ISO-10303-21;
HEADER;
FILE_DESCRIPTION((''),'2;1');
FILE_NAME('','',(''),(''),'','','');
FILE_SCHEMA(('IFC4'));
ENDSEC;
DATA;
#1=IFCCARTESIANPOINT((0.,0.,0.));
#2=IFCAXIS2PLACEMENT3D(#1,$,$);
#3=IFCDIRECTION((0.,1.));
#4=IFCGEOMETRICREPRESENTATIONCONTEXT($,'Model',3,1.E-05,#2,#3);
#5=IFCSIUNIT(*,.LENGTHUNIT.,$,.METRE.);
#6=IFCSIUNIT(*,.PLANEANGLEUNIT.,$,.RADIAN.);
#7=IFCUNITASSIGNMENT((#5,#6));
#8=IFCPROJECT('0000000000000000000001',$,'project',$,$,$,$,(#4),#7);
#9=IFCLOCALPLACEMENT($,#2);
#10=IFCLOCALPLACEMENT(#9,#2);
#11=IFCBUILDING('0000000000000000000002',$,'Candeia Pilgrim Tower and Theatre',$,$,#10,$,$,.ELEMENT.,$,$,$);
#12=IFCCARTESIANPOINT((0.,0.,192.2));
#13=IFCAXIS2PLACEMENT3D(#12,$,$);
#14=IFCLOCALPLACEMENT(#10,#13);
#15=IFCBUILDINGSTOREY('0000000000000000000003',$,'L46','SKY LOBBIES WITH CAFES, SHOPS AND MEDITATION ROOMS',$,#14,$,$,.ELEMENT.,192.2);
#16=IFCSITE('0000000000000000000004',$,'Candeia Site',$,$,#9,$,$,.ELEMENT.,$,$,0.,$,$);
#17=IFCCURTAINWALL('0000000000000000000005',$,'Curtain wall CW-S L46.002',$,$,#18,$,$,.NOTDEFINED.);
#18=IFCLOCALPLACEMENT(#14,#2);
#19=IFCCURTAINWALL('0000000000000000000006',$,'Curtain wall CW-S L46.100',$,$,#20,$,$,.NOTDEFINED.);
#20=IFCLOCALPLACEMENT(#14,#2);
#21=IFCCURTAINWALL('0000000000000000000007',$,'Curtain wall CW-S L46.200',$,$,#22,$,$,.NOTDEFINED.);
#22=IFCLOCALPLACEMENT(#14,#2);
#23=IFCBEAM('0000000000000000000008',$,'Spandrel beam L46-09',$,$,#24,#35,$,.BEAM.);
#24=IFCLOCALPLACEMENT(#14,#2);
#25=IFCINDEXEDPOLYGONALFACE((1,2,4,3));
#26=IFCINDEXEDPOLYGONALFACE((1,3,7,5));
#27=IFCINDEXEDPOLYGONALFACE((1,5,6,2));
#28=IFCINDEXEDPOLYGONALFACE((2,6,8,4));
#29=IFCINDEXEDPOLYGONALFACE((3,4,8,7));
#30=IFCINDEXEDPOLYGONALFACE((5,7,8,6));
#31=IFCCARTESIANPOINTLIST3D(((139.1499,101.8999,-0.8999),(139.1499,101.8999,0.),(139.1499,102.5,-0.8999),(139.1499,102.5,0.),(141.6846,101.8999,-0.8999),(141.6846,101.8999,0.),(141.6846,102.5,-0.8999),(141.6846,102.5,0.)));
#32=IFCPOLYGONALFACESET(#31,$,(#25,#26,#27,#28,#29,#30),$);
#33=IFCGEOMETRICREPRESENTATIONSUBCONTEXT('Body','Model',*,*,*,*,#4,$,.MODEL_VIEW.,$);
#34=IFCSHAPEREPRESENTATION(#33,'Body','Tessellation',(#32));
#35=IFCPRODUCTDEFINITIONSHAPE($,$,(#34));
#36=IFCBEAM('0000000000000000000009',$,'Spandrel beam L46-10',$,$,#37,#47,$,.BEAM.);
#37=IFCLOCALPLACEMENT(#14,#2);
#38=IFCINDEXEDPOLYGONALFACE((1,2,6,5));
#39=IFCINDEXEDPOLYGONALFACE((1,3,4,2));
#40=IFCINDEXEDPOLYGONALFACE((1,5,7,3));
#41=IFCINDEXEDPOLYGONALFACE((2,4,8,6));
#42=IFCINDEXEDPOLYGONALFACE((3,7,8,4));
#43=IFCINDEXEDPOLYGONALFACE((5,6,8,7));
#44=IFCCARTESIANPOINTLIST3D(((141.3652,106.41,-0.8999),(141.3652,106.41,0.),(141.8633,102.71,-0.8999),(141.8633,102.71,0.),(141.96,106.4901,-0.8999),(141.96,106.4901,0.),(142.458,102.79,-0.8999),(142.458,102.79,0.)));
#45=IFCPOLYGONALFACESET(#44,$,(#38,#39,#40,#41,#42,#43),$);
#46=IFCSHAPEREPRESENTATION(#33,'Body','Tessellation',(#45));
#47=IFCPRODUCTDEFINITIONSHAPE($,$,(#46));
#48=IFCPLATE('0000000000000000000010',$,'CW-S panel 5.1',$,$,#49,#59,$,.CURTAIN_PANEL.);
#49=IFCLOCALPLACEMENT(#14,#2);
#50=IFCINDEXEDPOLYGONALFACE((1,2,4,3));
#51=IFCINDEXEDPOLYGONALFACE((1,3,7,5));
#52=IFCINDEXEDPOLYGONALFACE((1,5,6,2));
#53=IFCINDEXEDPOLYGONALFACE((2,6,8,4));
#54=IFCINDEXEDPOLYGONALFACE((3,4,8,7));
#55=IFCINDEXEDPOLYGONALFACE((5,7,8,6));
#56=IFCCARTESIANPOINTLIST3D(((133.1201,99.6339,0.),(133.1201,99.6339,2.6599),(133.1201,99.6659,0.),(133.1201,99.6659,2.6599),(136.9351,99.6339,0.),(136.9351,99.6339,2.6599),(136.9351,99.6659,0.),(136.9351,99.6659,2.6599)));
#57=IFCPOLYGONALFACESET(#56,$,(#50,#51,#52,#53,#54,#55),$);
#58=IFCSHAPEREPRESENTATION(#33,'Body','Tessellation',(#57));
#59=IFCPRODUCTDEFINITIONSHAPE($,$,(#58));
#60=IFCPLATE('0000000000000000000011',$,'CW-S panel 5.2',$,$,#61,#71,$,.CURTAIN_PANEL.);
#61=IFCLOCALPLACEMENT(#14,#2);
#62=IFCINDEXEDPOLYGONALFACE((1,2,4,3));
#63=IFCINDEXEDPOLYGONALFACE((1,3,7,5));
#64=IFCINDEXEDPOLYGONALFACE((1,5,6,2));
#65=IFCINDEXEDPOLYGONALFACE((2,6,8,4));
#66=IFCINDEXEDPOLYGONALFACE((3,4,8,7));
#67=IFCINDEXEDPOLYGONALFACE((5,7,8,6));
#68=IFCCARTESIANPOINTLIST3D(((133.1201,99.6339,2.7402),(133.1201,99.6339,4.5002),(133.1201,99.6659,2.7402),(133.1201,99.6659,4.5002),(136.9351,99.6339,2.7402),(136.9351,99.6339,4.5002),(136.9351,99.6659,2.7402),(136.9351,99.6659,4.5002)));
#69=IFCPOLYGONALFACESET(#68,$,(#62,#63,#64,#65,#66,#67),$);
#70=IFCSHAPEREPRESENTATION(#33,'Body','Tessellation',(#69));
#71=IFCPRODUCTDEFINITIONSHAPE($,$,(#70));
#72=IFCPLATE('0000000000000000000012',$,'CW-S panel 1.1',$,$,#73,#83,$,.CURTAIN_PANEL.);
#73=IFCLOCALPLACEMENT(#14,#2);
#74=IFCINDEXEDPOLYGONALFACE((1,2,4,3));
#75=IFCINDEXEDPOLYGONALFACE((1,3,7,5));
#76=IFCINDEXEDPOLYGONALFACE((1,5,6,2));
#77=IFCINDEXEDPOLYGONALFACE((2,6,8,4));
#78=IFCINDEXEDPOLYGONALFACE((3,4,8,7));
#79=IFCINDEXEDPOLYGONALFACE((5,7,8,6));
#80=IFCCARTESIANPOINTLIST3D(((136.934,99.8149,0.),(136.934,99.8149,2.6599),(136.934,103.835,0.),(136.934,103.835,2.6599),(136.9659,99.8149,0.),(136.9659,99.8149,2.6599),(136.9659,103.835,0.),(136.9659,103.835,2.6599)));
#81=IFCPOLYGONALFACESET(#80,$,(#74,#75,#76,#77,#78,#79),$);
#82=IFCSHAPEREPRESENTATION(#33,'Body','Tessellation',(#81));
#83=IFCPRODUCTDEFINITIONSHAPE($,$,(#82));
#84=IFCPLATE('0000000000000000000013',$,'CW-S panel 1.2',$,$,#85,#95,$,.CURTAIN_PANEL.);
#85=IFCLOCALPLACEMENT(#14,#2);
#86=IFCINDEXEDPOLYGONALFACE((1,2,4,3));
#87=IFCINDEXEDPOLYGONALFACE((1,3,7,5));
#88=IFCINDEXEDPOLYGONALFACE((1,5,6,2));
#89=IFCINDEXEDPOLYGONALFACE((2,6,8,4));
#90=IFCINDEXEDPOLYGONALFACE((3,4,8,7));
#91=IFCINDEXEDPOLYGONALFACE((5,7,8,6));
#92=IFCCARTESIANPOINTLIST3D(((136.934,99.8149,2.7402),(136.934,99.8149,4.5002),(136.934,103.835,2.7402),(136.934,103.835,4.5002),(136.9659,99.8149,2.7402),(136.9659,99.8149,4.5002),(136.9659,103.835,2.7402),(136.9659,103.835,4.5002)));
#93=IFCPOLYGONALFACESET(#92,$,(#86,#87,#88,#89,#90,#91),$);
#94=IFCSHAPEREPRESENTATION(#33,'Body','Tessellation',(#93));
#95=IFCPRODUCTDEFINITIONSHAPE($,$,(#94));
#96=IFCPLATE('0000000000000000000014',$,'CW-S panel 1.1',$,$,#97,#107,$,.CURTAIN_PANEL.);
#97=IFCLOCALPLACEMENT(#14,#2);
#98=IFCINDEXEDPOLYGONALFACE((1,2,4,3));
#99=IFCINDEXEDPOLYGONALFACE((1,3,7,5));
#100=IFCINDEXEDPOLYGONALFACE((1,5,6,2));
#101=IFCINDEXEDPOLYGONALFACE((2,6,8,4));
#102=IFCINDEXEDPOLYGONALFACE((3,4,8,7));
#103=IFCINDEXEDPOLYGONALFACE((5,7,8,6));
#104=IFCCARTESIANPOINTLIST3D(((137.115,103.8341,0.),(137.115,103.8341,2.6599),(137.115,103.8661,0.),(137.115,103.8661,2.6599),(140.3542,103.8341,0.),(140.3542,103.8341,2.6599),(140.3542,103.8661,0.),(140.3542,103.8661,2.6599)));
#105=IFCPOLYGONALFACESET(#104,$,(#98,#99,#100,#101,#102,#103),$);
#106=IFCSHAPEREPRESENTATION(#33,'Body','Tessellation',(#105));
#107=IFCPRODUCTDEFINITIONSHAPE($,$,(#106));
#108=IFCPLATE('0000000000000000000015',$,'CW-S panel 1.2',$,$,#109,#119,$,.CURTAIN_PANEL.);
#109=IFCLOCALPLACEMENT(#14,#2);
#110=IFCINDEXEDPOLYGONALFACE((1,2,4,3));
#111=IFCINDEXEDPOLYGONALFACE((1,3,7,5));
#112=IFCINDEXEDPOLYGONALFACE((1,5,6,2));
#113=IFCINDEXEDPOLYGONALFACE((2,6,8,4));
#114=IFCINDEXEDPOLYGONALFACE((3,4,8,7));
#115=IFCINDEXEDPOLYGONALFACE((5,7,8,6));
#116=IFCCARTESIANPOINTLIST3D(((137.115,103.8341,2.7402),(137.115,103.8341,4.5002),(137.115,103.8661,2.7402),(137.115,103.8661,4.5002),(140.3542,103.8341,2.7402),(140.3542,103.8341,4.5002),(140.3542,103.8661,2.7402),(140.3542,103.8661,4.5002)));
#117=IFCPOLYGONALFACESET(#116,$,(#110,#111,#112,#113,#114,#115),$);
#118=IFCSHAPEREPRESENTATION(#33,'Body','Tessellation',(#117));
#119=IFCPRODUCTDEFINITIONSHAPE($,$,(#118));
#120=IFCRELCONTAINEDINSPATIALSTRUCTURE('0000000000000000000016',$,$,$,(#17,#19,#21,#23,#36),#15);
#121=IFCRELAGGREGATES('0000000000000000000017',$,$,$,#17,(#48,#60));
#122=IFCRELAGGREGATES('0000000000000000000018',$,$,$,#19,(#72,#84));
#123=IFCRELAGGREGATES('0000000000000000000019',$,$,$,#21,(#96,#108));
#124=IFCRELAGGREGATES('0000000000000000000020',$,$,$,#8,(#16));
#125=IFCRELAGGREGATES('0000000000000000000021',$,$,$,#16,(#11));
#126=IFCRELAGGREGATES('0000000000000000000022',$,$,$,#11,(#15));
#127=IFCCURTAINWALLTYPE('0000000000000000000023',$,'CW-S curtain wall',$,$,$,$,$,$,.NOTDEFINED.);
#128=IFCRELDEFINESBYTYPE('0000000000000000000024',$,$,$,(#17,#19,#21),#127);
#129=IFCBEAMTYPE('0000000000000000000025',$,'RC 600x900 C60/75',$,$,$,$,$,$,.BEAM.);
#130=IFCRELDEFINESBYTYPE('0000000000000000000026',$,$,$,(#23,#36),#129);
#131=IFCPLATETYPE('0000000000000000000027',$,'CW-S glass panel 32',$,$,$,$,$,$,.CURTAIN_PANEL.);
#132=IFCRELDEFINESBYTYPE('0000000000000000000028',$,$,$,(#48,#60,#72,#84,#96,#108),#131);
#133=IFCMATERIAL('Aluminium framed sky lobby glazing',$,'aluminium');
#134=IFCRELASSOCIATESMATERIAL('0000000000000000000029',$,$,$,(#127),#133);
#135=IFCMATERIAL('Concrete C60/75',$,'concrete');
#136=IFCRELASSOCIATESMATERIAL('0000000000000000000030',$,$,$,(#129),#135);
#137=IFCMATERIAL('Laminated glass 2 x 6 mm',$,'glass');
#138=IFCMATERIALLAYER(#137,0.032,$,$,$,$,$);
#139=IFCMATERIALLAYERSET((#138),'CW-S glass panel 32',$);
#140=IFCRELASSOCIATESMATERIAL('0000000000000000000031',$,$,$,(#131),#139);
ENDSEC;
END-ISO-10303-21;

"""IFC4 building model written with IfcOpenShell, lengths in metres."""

from ifc_helpers import new_model, si_unit, direction, frame, origin, origin_2d, place, context, subcontext, project, spatial, rectangle, extrude, material, layer, layer_set, material_profile, profile_set, type_object, element, aggregate, save


model = new_model("IFC4")

# Units and contexts
model_context = context("Model", 3, precision=1e-05, world=origin(), true_north=direction((0.0, 1.0)))
body_context = subcontext(model_context, "Body", "Model", "MODEL_VIEW")
ifc_project = project(units=[si_unit("LENGTHUNIT", "METRE"), si_unit("PLANEANGLEUNIT", "RADIAN")], contexts=[model_context])

# Site, building, storey
site_placement = place(None, origin())
site = spatial("IfcSite", under=ifc_project, at=site_placement, Name="Candeia Site", CompositionType="ELEMENT", RefElevation=0.0)
building_placement = place(site_placement, origin())
building = spatial("IfcBuilding", under=site, at=building_placement, Name="Candeia Pilgrim Tower and Theatre", CompositionType="ELEMENT")
storey_placement = place(building_placement, frame((0.0, 0.0, 192.2)))
storey = spatial("IfcBuildingStorey", under=building, at=storey_placement, Name="L46", Description="SKY LOBBIES WITH CAFES, SHOPS AND MEDITATION ROOMS", CompositionType="ELEMENT", Elevation=192.2)

# Shared definitions
ifc_material_1 = material(Name="Concrete C60/75", Category="concrete")

# Curtain walls
ifc_material_2 = material(Name="Aluminium framed sky lobby glazing", Category="aluminium")
curtain_wall_type = type_object("IfcCurtainWallType", Name="CW-S curtain wall", PredefinedType="NOTDEFINED", material=ifc_material_2)
curtain_wall_1_placement = place(storey_placement, origin())
curtain_wall_1 = element("IfcCurtainWall", 1, at=curtain_wall_1_placement, inside=storey, type_object=curtain_wall_type, Name="Curtain wall CW-S L46.002", PredefinedType="NOTDEFINED")
curtain_wall_2_placement = place(storey_placement, origin())
curtain_wall_2 = element("IfcCurtainWall", 2, at=curtain_wall_2_placement, inside=storey, type_object=curtain_wall_type, Name="Curtain wall CW-S L46.100", PredefinedType="NOTDEFINED")
curtain_wall_3_placement = place(storey_placement, origin())
curtain_wall_3 = element("IfcCurtainWall", 3, at=curtain_wall_3_placement, inside=storey, type_object=curtain_wall_type, Name="Curtain wall CW-S L46.200", PredefinedType="NOTDEFINED")

# Beams
ifc_material_profile_1 = material_profile(ifc_material_1, rectangle(XDim=0.6001, YDim=0.8999, at=origin_2d()))
ifc_profile_set_1 = profile_set([ifc_material_profile_1], Name="Concrete C60/75")
beam_type = type_object("IfcBeamType", Name="RC 600x900 C60/75", PredefinedType="BEAM", material=ifc_profile_set_1)
beam_1_placement = place(storey_placement, frame((139.1499, 102.2, -0.45), z_axis=(1.0, 0.0, 0.0), x_axis=(0.0, 1.0, 0.0)))
element("IfcBeam", 4, at=beam_1_placement, inside=storey, type_object=beam_type, Name="Spandrel beam L46-09", PredefinedType="BEAM", context=body_context, shape_type="SweptSolid", body=[
    extrude(rectangle(XDim=0.6001, YDim=0.8999, at=origin_2d()), origin(), (0.0, 0.0, 1.0), 2.5347),
])
beam_2_placement = place(storey_placement, frame((142.1606, 102.75, -0.45), z_axis=(-0.133406, 0.991061, 0.0), x_axis=(-0.991061, -0.133406, 0.0)))
element("IfcBeam", 5, at=beam_2_placement, inside=storey, type_object=beam_type, Name="Spandrel beam L46-10", PredefinedType="BEAM", context=body_context, shape_type="SweptSolid", body=[
    extrude(rectangle(XDim=0.6001, YDim=0.8999, at=origin_2d()), origin(), (0.0, 0.0, 1.0), 3.7334),
])

# Plates
ifc_material_3 = material(Name="Laminated glass 2 x 6 mm", Category="glass")
ifc_layer = layer(ifc_material_3, 0.032)
ifc_layer_set = layer_set([ifc_layer], Name="CW-S glass panel 32")
plate_type = type_object("IfcPlateType", Name="CW-S glass panel 32", PredefinedType="CURTAIN_PANEL", material=ifc_layer_set)
plate_1_placement = place(storey_placement, frame((135.0276, 99.6499, 0.0), z_axis=(0.0, 0.0, 1.0), x_axis=(1.0, 0.0, 0.0)))
plate_1 = element("IfcPlate", 6, at=plate_1_placement, type_object=plate_type, Name="CW-S panel 5.1", PredefinedType="CURTAIN_PANEL", context=body_context, shape_type="SweptSolid", body=[
    extrude(rectangle(XDim=3.8149, YDim=0.032, at=origin_2d()), origin(), (0.0, 0.0, 1.0), 2.6599),
])
plate_2_placement = place(storey_placement, frame((135.0276, 99.6499, 2.7402), z_axis=(0.0, 0.0, 1.0), x_axis=(1.0, 0.0, 0.0)))
plate_2 = element("IfcPlate", 7, at=plate_2_placement, type_object=plate_type, Name="CW-S panel 5.2", PredefinedType="CURTAIN_PANEL", context=body_context, shape_type="SweptSolid", body=[
    extrude(rectangle(XDim=3.8149, YDim=0.032, at=origin_2d()), origin(), (0.0, 0.0, 1.0), 1.76),
])
aggregate(curtain_wall_1, [plate_1, plate_2])
plate_3_placement = place(storey_placement, frame((136.95, 101.825, 0.0), z_axis=(0.0, 0.0, 1.0), x_axis=(0.0, 1.0, 0.0)))
plate_3 = element("IfcPlate", 8, at=plate_3_placement, type_object=plate_type, Name="CW-S panel 1.1", PredefinedType="CURTAIN_PANEL", context=body_context, shape_type="SweptSolid", body=[
    extrude(rectangle(XDim=4.02, YDim=0.032, at=origin_2d()), origin(), (0.0, 0.0, 1.0), 2.6599),
])
plate_4_placement = place(storey_placement, frame((136.95, 101.825, 2.7402), z_axis=(0.0, 0.0, 1.0), x_axis=(0.0, 1.0, 0.0)))
plate_4 = element("IfcPlate", 9, at=plate_4_placement, type_object=plate_type, Name="CW-S panel 1.2", PredefinedType="CURTAIN_PANEL", context=body_context, shape_type="SweptSolid", body=[
    extrude(rectangle(XDim=4.02, YDim=0.032, at=origin_2d()), origin(), (0.0, 0.0, 1.0), 1.76),
])
aggregate(curtain_wall_2, [plate_3, plate_4])
plate_5_placement = place(storey_placement, frame((138.7346, 103.8501, 0.0), z_axis=(0.0, 0.0, 1.0), x_axis=(1.0, 0.0, 0.0)))
plate_5 = element("IfcPlate", 10, at=plate_5_placement, type_object=plate_type, Name="CW-S panel 1.1", PredefinedType="CURTAIN_PANEL", context=body_context, shape_type="SweptSolid", body=[
    extrude(rectangle(XDim=3.2393, YDim=0.032, at=origin_2d()), origin(), (0.0, 0.0, 1.0), 2.6599),
])
plate_6_placement = place(storey_placement, frame((138.7346, 103.8501, 2.7402), z_axis=(0.0, 0.0, 1.0), x_axis=(1.0, 0.0, 0.0)))
plate_6 = element("IfcPlate", 11, at=plate_6_placement, type_object=plate_type, Name="CW-S panel 1.2", PredefinedType="CURTAIN_PANEL", context=body_context, shape_type="SweptSolid", body=[
    extrude(rectangle(XDim=3.2393, YDim=0.032, at=origin_2d()), origin(), (0.0, 0.0, 1.0), 1.76),
])
aggregate(curtain_wall_3, [plate_5, plate_6])

save(model, "model.ifc")
